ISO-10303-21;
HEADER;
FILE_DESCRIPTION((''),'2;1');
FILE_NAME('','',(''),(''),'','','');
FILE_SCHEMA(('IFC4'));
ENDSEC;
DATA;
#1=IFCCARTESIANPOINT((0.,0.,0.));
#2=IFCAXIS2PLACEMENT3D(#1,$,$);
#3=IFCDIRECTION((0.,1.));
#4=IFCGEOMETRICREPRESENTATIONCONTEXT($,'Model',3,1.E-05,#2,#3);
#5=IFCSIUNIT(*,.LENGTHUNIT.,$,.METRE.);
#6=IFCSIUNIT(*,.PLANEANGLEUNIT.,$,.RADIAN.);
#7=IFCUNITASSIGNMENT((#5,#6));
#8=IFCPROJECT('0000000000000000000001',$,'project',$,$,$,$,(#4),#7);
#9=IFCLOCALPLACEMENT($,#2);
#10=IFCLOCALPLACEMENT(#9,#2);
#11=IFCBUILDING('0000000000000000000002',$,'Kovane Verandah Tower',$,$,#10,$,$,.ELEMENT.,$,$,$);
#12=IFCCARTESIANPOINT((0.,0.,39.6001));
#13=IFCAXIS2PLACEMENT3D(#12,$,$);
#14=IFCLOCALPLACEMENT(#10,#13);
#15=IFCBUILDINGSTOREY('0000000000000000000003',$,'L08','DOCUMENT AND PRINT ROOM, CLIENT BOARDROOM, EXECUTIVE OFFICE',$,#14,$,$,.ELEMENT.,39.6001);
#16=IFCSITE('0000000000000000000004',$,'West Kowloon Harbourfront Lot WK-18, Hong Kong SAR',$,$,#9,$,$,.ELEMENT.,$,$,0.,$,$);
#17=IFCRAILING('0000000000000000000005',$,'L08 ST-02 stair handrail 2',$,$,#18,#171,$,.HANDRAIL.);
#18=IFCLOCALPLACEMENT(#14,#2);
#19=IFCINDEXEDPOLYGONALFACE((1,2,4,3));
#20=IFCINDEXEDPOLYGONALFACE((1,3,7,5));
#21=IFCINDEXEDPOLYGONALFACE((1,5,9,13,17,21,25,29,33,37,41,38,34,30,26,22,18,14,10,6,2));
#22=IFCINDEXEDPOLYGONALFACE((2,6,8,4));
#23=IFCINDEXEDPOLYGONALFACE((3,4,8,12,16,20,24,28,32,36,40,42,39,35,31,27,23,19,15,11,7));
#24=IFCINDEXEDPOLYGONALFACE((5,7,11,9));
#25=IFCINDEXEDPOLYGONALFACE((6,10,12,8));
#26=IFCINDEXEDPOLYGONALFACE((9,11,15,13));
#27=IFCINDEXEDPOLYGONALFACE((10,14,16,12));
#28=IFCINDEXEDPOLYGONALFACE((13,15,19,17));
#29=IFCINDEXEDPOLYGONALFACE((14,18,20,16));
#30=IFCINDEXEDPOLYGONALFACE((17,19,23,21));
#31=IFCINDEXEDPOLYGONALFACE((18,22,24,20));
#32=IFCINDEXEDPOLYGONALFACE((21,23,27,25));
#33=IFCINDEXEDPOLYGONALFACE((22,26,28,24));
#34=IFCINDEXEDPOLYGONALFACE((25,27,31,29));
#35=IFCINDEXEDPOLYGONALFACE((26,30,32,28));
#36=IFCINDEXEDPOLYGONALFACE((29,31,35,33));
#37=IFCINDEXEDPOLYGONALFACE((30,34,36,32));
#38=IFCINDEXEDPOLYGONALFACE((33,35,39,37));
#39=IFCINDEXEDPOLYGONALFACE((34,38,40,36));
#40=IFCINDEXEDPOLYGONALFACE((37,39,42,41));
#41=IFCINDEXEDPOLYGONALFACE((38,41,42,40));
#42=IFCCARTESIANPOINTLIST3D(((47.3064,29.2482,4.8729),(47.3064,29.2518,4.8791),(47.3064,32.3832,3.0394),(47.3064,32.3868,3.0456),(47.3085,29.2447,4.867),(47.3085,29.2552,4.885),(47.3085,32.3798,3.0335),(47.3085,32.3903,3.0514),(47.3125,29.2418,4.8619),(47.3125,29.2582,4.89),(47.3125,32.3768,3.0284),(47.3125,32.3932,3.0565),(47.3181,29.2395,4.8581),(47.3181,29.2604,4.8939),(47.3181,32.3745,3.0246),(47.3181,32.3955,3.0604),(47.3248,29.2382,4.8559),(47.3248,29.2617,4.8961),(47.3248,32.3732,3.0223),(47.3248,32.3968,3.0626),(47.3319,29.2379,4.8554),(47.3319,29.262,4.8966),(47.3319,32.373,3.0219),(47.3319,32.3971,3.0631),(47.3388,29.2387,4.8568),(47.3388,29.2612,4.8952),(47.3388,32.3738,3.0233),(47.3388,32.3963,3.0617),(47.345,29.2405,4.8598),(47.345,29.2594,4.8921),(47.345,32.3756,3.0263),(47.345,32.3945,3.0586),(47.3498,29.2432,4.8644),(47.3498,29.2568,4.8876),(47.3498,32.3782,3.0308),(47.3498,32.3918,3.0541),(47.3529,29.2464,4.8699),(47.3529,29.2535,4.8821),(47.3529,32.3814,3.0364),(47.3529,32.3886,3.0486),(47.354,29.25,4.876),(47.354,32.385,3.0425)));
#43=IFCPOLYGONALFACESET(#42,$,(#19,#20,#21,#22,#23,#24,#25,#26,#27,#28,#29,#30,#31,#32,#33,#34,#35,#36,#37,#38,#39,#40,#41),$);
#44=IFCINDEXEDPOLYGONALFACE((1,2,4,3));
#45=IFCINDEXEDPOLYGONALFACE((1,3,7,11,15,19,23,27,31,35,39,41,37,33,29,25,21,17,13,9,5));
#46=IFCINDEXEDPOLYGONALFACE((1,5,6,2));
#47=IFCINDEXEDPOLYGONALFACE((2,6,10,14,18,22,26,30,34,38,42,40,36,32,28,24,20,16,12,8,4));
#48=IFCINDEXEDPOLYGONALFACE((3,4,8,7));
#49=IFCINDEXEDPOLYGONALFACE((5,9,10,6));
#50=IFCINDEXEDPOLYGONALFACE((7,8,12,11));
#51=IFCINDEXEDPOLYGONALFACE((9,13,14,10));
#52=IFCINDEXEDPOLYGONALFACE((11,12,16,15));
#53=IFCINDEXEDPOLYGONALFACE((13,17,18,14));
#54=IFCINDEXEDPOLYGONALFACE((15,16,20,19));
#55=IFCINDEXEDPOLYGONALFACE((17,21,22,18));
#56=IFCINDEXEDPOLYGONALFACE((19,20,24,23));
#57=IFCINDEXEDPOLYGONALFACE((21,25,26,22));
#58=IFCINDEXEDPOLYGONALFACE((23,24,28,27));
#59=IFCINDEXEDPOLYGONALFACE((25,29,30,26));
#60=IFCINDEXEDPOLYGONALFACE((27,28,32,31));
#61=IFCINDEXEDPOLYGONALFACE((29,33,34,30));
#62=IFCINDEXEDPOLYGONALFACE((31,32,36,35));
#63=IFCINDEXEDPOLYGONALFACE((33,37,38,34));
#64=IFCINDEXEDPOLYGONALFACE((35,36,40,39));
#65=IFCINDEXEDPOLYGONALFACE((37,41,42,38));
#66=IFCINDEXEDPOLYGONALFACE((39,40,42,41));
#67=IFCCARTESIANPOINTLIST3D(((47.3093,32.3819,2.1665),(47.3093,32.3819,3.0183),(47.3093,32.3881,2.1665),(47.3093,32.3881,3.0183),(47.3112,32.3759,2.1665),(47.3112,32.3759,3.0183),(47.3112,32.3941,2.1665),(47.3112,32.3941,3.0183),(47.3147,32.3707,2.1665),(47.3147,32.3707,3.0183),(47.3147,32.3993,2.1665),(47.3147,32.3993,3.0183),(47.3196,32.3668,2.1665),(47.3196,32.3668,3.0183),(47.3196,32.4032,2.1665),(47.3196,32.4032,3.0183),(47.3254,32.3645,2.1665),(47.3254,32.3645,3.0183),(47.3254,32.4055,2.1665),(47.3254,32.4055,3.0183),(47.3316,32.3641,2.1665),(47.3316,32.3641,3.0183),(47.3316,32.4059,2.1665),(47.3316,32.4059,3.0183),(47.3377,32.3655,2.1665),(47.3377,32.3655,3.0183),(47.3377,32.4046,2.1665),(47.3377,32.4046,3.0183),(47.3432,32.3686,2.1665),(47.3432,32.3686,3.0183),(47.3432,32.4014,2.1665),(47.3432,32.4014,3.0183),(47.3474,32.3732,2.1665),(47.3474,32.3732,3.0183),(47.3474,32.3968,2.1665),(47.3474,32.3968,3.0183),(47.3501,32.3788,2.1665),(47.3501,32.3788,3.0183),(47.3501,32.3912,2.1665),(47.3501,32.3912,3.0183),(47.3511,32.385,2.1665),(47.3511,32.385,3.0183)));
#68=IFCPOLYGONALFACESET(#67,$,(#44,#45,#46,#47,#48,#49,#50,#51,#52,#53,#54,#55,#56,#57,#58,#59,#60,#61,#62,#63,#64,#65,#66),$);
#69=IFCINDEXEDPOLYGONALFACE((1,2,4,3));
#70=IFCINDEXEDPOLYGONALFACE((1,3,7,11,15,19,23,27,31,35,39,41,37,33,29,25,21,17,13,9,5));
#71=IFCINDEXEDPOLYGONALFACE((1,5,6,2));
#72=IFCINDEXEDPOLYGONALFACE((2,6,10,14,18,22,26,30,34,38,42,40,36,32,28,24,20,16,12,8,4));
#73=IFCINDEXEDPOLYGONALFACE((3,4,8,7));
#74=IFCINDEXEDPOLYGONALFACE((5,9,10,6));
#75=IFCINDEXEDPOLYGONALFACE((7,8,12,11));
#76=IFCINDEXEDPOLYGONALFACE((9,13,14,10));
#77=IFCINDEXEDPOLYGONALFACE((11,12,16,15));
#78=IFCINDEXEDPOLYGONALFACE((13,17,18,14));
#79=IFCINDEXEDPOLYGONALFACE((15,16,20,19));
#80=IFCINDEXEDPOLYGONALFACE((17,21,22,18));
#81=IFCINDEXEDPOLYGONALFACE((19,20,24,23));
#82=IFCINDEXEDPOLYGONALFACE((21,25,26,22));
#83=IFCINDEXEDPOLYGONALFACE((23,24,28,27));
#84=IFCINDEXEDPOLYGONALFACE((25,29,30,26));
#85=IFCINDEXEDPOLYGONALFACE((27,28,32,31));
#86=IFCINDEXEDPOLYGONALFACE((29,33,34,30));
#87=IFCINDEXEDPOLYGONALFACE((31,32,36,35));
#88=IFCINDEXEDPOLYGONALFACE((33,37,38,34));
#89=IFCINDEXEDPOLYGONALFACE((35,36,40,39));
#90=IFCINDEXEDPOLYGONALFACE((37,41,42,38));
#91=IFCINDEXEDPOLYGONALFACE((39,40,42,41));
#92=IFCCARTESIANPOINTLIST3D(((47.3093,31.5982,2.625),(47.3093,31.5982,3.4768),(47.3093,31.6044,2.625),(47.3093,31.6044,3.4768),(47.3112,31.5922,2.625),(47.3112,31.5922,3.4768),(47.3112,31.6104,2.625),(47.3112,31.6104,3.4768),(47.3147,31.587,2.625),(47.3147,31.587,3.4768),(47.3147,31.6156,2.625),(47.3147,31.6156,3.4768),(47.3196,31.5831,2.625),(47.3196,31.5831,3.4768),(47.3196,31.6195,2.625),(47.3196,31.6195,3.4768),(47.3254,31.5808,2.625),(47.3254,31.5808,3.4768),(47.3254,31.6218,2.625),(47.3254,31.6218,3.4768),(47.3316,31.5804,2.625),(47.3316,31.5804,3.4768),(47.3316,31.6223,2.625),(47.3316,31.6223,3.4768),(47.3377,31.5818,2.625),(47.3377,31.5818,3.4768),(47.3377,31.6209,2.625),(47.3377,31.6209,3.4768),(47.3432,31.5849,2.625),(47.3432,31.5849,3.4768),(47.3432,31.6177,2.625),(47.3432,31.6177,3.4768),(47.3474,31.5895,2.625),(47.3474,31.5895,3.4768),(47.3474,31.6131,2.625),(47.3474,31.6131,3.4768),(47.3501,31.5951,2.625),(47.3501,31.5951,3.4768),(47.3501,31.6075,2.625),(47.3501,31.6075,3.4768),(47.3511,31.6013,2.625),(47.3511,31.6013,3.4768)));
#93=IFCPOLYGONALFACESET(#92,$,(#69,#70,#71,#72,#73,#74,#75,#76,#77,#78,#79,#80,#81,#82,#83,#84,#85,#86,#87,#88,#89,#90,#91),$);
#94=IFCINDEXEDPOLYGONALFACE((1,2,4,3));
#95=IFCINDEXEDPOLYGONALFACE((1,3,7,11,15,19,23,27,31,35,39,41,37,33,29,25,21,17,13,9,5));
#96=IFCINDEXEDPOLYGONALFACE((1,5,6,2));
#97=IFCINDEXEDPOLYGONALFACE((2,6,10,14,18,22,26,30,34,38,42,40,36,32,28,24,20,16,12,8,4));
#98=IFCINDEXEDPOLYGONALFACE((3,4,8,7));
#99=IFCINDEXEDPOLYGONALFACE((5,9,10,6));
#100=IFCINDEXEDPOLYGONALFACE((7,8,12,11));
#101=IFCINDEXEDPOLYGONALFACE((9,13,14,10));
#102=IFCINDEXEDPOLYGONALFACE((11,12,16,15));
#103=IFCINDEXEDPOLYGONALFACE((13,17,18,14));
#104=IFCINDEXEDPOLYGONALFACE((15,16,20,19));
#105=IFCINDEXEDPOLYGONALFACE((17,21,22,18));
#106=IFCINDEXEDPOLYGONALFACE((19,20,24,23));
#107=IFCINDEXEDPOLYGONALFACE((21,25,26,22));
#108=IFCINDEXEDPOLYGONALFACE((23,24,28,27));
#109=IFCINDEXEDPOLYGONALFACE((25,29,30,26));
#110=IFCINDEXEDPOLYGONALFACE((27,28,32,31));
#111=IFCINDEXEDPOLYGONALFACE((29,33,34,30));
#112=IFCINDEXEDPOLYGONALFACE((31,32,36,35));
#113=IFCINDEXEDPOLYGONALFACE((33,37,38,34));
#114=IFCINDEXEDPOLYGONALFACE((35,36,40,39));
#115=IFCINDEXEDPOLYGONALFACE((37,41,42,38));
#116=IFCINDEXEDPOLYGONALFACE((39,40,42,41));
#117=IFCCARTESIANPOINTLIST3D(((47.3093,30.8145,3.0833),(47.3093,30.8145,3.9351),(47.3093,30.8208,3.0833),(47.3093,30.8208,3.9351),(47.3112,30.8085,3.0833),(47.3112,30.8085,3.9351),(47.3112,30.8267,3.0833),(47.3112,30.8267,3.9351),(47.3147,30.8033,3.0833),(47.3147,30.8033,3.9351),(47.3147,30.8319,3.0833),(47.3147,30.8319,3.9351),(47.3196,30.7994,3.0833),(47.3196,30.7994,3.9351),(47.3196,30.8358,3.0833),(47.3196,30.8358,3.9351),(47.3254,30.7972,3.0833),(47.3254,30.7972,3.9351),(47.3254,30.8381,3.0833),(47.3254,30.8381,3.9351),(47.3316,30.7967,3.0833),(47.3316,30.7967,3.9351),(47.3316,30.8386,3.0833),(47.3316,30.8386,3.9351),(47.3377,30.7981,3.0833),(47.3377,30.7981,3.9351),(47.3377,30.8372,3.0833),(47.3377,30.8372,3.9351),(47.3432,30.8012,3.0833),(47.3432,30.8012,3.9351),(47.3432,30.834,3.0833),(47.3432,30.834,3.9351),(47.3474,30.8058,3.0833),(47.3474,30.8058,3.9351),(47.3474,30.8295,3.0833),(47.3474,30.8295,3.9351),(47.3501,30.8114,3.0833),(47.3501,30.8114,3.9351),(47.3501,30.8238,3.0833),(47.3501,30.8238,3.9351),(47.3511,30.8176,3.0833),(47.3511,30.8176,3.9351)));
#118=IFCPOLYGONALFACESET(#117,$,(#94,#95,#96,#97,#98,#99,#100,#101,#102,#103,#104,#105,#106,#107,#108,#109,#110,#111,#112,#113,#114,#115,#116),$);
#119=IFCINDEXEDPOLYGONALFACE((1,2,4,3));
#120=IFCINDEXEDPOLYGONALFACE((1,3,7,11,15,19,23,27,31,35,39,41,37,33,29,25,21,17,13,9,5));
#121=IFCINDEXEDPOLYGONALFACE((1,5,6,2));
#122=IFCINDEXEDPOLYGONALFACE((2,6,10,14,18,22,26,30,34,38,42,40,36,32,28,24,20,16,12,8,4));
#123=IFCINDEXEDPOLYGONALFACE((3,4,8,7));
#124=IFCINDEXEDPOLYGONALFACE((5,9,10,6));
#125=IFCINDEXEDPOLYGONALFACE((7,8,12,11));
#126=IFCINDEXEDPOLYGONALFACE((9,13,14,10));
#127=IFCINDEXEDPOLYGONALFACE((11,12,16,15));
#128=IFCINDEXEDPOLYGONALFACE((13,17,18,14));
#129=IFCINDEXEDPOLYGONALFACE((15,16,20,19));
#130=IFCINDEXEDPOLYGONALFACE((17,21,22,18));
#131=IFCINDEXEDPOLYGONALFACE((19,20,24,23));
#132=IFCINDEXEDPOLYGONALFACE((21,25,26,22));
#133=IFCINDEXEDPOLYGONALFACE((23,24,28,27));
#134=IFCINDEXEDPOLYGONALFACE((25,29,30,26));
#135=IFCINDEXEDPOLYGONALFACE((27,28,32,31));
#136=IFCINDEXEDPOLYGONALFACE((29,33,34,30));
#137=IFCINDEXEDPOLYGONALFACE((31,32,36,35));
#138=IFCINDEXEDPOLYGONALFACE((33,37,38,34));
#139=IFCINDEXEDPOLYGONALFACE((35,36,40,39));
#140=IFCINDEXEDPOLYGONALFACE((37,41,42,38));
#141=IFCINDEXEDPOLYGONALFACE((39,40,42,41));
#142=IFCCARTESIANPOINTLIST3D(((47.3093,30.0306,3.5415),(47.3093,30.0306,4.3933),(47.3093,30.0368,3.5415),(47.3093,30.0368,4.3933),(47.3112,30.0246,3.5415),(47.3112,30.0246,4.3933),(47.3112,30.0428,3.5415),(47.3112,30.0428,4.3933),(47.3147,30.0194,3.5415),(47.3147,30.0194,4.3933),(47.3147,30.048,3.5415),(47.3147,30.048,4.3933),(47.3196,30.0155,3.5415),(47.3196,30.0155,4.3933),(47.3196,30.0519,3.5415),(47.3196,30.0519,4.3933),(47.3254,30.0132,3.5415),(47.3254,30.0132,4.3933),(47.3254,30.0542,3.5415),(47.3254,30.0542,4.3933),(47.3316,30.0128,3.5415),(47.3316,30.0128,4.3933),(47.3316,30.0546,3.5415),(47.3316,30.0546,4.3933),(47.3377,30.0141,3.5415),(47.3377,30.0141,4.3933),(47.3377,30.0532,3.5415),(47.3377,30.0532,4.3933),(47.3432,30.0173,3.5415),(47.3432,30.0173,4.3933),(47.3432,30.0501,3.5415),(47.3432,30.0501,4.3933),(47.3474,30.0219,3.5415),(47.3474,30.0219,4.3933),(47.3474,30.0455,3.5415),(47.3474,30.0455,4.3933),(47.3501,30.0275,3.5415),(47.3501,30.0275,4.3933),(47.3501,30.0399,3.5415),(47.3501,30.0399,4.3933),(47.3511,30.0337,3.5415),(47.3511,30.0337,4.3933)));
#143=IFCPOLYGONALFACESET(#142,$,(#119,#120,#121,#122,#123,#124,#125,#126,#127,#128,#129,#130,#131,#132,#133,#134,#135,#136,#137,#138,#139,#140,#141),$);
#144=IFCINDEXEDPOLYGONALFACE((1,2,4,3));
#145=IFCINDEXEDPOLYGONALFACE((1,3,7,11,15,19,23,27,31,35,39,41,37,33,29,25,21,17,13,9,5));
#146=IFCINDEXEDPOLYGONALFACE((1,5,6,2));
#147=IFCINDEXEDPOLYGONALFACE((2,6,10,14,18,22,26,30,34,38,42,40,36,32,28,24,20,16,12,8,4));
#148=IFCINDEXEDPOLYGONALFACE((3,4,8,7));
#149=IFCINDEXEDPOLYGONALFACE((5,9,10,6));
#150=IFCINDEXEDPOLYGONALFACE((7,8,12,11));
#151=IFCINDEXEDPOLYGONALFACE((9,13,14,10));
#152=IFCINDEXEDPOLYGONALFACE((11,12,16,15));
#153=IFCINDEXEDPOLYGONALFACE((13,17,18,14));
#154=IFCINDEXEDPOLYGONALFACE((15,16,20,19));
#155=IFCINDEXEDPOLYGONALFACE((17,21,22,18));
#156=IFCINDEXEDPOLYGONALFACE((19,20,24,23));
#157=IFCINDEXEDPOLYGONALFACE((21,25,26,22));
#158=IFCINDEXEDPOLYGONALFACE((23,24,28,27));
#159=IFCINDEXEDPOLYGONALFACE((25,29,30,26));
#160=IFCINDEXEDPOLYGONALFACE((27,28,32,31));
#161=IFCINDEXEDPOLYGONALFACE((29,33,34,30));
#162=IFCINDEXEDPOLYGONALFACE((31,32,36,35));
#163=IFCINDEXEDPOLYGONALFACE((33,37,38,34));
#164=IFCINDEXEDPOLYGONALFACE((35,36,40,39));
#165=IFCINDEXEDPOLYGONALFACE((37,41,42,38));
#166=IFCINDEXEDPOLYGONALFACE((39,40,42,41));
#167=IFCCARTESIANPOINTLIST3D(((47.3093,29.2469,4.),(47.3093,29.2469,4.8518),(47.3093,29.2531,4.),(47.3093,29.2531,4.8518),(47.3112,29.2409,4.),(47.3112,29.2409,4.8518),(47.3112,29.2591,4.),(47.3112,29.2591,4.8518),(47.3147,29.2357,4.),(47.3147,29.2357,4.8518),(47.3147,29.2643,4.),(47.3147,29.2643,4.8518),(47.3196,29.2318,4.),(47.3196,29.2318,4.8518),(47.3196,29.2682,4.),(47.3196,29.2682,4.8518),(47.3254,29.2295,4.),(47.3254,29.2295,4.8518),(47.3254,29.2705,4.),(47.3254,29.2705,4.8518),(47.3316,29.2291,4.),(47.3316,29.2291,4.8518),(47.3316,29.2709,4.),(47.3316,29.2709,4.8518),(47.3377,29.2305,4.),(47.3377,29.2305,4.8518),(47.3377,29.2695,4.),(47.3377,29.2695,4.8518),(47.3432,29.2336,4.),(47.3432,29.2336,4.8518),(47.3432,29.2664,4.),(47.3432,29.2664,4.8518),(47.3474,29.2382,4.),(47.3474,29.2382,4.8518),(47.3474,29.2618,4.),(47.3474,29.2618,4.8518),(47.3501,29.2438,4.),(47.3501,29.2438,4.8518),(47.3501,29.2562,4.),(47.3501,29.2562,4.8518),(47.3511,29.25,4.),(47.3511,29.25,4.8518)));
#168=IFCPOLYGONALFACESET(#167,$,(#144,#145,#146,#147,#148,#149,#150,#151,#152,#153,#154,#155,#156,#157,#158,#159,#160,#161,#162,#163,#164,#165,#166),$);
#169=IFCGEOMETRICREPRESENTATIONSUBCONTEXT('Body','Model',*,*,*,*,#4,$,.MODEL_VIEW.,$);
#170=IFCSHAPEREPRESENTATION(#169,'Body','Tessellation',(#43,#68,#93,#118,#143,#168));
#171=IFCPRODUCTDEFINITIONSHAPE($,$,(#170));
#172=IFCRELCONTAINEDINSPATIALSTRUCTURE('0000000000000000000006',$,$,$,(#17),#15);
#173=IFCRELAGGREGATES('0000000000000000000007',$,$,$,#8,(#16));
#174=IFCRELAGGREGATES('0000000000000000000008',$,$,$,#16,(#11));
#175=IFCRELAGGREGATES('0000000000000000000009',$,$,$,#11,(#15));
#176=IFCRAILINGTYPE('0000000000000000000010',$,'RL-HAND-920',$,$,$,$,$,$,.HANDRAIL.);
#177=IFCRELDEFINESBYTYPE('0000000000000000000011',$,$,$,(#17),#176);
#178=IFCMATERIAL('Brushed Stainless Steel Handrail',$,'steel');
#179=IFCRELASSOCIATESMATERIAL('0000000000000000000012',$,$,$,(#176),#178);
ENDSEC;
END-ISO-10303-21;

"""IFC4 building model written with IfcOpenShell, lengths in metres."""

from ifc_helpers import new_model, si_unit, direction, frame, origin, origin_2d, place, context, subcontext, project, spatial, circle, extrude, material, type_object, element, save


model = new_model("IFC4")

# Units and contexts
model_context = context("Model", 3, precision=1e-05, world=origin(), true_north=direction((0.0, 1.0)))
body_context = subcontext(model_context, "Body", "Model", "MODEL_VIEW")
ifc_project = project(units=[si_unit("LENGTHUNIT", "METRE"), si_unit("PLANEANGLEUNIT", "RADIAN")], contexts=[model_context])

# Site, building, storey
site_placement = place(None, origin())
site = spatial("IfcSite", under=ifc_project, at=site_placement, Name="West Kowloon Harbourfront Lot WK-18, Hong Kong SAR", CompositionType="ELEMENT", RefElevation=0.0)
building_placement = place(site_placement, origin())
building = spatial("IfcBuilding", under=site, at=building_placement, Name="Kovane Verandah Tower", CompositionType="ELEMENT")
storey_placement = place(building_placement, frame((0.0, 0.0, 39.6001)))
storey = spatial("IfcBuildingStorey", under=building, at=storey_placement, Name="L08", Description="DOCUMENT AND PRINT ROOM, CLIENT BOARDROOM, EXECUTIVE OFFICE", CompositionType="ELEMENT", Elevation=39.6001)

# Railing
ifc_material_1 = material(Name="Brushed Stainless Steel Handrail", Category="steel")
railing_type_1 = type_object("IfcRailingType", Name="RL-HAND-920", PredefinedType="HANDRAIL", material=ifc_material_1)
railing_1_placement = place(storey_placement, frame((47.3301, 32.385, 2.1665)))
element("IfcRailing", 1, at=railing_1_placement, inside=storey, type_object=railing_type_1, Name="L08 ST-02 stair handrail 2", PredefinedType="HANDRAIL", context=body_context, shape_type="SweptSolid", body=[
    extrude(circle(Radius=0.0239, at=origin_2d()), frame((0.0, 0.0, 0.876), z_axis=(0.0, -0.86321, 0.504845), x_axis=(1.0, 0.0, 0.0)), (0.0, 0.0, 1.0), 3.6318),
    extrude(circle(Radius=0.021, at=origin_2d()), origin(), (0.0, 0.0, 1.0), 0.8518),
    extrude(circle(Radius=0.021, at=origin_2d()), frame((0.0, -0.7837, 0.4585)), (0.0, 0.0, 1.0), 0.8518),
    extrude(circle(Radius=0.021, at=origin_2d()), frame((0.0, -1.5674, 0.9167)), (0.0, 0.0, 1.0), 0.8518),
    extrude(circle(Radius=0.021, at=origin_2d()), frame((0.0, -2.3513, 1.375)), (0.0, 0.0, 1.0), 0.8518),
    extrude(circle(Radius=0.021, at=origin_2d()), frame((0.0, -3.135, 1.8335)), (0.0, 0.0, 1.0), 0.8518),
])

save(model, "model.ifc")
